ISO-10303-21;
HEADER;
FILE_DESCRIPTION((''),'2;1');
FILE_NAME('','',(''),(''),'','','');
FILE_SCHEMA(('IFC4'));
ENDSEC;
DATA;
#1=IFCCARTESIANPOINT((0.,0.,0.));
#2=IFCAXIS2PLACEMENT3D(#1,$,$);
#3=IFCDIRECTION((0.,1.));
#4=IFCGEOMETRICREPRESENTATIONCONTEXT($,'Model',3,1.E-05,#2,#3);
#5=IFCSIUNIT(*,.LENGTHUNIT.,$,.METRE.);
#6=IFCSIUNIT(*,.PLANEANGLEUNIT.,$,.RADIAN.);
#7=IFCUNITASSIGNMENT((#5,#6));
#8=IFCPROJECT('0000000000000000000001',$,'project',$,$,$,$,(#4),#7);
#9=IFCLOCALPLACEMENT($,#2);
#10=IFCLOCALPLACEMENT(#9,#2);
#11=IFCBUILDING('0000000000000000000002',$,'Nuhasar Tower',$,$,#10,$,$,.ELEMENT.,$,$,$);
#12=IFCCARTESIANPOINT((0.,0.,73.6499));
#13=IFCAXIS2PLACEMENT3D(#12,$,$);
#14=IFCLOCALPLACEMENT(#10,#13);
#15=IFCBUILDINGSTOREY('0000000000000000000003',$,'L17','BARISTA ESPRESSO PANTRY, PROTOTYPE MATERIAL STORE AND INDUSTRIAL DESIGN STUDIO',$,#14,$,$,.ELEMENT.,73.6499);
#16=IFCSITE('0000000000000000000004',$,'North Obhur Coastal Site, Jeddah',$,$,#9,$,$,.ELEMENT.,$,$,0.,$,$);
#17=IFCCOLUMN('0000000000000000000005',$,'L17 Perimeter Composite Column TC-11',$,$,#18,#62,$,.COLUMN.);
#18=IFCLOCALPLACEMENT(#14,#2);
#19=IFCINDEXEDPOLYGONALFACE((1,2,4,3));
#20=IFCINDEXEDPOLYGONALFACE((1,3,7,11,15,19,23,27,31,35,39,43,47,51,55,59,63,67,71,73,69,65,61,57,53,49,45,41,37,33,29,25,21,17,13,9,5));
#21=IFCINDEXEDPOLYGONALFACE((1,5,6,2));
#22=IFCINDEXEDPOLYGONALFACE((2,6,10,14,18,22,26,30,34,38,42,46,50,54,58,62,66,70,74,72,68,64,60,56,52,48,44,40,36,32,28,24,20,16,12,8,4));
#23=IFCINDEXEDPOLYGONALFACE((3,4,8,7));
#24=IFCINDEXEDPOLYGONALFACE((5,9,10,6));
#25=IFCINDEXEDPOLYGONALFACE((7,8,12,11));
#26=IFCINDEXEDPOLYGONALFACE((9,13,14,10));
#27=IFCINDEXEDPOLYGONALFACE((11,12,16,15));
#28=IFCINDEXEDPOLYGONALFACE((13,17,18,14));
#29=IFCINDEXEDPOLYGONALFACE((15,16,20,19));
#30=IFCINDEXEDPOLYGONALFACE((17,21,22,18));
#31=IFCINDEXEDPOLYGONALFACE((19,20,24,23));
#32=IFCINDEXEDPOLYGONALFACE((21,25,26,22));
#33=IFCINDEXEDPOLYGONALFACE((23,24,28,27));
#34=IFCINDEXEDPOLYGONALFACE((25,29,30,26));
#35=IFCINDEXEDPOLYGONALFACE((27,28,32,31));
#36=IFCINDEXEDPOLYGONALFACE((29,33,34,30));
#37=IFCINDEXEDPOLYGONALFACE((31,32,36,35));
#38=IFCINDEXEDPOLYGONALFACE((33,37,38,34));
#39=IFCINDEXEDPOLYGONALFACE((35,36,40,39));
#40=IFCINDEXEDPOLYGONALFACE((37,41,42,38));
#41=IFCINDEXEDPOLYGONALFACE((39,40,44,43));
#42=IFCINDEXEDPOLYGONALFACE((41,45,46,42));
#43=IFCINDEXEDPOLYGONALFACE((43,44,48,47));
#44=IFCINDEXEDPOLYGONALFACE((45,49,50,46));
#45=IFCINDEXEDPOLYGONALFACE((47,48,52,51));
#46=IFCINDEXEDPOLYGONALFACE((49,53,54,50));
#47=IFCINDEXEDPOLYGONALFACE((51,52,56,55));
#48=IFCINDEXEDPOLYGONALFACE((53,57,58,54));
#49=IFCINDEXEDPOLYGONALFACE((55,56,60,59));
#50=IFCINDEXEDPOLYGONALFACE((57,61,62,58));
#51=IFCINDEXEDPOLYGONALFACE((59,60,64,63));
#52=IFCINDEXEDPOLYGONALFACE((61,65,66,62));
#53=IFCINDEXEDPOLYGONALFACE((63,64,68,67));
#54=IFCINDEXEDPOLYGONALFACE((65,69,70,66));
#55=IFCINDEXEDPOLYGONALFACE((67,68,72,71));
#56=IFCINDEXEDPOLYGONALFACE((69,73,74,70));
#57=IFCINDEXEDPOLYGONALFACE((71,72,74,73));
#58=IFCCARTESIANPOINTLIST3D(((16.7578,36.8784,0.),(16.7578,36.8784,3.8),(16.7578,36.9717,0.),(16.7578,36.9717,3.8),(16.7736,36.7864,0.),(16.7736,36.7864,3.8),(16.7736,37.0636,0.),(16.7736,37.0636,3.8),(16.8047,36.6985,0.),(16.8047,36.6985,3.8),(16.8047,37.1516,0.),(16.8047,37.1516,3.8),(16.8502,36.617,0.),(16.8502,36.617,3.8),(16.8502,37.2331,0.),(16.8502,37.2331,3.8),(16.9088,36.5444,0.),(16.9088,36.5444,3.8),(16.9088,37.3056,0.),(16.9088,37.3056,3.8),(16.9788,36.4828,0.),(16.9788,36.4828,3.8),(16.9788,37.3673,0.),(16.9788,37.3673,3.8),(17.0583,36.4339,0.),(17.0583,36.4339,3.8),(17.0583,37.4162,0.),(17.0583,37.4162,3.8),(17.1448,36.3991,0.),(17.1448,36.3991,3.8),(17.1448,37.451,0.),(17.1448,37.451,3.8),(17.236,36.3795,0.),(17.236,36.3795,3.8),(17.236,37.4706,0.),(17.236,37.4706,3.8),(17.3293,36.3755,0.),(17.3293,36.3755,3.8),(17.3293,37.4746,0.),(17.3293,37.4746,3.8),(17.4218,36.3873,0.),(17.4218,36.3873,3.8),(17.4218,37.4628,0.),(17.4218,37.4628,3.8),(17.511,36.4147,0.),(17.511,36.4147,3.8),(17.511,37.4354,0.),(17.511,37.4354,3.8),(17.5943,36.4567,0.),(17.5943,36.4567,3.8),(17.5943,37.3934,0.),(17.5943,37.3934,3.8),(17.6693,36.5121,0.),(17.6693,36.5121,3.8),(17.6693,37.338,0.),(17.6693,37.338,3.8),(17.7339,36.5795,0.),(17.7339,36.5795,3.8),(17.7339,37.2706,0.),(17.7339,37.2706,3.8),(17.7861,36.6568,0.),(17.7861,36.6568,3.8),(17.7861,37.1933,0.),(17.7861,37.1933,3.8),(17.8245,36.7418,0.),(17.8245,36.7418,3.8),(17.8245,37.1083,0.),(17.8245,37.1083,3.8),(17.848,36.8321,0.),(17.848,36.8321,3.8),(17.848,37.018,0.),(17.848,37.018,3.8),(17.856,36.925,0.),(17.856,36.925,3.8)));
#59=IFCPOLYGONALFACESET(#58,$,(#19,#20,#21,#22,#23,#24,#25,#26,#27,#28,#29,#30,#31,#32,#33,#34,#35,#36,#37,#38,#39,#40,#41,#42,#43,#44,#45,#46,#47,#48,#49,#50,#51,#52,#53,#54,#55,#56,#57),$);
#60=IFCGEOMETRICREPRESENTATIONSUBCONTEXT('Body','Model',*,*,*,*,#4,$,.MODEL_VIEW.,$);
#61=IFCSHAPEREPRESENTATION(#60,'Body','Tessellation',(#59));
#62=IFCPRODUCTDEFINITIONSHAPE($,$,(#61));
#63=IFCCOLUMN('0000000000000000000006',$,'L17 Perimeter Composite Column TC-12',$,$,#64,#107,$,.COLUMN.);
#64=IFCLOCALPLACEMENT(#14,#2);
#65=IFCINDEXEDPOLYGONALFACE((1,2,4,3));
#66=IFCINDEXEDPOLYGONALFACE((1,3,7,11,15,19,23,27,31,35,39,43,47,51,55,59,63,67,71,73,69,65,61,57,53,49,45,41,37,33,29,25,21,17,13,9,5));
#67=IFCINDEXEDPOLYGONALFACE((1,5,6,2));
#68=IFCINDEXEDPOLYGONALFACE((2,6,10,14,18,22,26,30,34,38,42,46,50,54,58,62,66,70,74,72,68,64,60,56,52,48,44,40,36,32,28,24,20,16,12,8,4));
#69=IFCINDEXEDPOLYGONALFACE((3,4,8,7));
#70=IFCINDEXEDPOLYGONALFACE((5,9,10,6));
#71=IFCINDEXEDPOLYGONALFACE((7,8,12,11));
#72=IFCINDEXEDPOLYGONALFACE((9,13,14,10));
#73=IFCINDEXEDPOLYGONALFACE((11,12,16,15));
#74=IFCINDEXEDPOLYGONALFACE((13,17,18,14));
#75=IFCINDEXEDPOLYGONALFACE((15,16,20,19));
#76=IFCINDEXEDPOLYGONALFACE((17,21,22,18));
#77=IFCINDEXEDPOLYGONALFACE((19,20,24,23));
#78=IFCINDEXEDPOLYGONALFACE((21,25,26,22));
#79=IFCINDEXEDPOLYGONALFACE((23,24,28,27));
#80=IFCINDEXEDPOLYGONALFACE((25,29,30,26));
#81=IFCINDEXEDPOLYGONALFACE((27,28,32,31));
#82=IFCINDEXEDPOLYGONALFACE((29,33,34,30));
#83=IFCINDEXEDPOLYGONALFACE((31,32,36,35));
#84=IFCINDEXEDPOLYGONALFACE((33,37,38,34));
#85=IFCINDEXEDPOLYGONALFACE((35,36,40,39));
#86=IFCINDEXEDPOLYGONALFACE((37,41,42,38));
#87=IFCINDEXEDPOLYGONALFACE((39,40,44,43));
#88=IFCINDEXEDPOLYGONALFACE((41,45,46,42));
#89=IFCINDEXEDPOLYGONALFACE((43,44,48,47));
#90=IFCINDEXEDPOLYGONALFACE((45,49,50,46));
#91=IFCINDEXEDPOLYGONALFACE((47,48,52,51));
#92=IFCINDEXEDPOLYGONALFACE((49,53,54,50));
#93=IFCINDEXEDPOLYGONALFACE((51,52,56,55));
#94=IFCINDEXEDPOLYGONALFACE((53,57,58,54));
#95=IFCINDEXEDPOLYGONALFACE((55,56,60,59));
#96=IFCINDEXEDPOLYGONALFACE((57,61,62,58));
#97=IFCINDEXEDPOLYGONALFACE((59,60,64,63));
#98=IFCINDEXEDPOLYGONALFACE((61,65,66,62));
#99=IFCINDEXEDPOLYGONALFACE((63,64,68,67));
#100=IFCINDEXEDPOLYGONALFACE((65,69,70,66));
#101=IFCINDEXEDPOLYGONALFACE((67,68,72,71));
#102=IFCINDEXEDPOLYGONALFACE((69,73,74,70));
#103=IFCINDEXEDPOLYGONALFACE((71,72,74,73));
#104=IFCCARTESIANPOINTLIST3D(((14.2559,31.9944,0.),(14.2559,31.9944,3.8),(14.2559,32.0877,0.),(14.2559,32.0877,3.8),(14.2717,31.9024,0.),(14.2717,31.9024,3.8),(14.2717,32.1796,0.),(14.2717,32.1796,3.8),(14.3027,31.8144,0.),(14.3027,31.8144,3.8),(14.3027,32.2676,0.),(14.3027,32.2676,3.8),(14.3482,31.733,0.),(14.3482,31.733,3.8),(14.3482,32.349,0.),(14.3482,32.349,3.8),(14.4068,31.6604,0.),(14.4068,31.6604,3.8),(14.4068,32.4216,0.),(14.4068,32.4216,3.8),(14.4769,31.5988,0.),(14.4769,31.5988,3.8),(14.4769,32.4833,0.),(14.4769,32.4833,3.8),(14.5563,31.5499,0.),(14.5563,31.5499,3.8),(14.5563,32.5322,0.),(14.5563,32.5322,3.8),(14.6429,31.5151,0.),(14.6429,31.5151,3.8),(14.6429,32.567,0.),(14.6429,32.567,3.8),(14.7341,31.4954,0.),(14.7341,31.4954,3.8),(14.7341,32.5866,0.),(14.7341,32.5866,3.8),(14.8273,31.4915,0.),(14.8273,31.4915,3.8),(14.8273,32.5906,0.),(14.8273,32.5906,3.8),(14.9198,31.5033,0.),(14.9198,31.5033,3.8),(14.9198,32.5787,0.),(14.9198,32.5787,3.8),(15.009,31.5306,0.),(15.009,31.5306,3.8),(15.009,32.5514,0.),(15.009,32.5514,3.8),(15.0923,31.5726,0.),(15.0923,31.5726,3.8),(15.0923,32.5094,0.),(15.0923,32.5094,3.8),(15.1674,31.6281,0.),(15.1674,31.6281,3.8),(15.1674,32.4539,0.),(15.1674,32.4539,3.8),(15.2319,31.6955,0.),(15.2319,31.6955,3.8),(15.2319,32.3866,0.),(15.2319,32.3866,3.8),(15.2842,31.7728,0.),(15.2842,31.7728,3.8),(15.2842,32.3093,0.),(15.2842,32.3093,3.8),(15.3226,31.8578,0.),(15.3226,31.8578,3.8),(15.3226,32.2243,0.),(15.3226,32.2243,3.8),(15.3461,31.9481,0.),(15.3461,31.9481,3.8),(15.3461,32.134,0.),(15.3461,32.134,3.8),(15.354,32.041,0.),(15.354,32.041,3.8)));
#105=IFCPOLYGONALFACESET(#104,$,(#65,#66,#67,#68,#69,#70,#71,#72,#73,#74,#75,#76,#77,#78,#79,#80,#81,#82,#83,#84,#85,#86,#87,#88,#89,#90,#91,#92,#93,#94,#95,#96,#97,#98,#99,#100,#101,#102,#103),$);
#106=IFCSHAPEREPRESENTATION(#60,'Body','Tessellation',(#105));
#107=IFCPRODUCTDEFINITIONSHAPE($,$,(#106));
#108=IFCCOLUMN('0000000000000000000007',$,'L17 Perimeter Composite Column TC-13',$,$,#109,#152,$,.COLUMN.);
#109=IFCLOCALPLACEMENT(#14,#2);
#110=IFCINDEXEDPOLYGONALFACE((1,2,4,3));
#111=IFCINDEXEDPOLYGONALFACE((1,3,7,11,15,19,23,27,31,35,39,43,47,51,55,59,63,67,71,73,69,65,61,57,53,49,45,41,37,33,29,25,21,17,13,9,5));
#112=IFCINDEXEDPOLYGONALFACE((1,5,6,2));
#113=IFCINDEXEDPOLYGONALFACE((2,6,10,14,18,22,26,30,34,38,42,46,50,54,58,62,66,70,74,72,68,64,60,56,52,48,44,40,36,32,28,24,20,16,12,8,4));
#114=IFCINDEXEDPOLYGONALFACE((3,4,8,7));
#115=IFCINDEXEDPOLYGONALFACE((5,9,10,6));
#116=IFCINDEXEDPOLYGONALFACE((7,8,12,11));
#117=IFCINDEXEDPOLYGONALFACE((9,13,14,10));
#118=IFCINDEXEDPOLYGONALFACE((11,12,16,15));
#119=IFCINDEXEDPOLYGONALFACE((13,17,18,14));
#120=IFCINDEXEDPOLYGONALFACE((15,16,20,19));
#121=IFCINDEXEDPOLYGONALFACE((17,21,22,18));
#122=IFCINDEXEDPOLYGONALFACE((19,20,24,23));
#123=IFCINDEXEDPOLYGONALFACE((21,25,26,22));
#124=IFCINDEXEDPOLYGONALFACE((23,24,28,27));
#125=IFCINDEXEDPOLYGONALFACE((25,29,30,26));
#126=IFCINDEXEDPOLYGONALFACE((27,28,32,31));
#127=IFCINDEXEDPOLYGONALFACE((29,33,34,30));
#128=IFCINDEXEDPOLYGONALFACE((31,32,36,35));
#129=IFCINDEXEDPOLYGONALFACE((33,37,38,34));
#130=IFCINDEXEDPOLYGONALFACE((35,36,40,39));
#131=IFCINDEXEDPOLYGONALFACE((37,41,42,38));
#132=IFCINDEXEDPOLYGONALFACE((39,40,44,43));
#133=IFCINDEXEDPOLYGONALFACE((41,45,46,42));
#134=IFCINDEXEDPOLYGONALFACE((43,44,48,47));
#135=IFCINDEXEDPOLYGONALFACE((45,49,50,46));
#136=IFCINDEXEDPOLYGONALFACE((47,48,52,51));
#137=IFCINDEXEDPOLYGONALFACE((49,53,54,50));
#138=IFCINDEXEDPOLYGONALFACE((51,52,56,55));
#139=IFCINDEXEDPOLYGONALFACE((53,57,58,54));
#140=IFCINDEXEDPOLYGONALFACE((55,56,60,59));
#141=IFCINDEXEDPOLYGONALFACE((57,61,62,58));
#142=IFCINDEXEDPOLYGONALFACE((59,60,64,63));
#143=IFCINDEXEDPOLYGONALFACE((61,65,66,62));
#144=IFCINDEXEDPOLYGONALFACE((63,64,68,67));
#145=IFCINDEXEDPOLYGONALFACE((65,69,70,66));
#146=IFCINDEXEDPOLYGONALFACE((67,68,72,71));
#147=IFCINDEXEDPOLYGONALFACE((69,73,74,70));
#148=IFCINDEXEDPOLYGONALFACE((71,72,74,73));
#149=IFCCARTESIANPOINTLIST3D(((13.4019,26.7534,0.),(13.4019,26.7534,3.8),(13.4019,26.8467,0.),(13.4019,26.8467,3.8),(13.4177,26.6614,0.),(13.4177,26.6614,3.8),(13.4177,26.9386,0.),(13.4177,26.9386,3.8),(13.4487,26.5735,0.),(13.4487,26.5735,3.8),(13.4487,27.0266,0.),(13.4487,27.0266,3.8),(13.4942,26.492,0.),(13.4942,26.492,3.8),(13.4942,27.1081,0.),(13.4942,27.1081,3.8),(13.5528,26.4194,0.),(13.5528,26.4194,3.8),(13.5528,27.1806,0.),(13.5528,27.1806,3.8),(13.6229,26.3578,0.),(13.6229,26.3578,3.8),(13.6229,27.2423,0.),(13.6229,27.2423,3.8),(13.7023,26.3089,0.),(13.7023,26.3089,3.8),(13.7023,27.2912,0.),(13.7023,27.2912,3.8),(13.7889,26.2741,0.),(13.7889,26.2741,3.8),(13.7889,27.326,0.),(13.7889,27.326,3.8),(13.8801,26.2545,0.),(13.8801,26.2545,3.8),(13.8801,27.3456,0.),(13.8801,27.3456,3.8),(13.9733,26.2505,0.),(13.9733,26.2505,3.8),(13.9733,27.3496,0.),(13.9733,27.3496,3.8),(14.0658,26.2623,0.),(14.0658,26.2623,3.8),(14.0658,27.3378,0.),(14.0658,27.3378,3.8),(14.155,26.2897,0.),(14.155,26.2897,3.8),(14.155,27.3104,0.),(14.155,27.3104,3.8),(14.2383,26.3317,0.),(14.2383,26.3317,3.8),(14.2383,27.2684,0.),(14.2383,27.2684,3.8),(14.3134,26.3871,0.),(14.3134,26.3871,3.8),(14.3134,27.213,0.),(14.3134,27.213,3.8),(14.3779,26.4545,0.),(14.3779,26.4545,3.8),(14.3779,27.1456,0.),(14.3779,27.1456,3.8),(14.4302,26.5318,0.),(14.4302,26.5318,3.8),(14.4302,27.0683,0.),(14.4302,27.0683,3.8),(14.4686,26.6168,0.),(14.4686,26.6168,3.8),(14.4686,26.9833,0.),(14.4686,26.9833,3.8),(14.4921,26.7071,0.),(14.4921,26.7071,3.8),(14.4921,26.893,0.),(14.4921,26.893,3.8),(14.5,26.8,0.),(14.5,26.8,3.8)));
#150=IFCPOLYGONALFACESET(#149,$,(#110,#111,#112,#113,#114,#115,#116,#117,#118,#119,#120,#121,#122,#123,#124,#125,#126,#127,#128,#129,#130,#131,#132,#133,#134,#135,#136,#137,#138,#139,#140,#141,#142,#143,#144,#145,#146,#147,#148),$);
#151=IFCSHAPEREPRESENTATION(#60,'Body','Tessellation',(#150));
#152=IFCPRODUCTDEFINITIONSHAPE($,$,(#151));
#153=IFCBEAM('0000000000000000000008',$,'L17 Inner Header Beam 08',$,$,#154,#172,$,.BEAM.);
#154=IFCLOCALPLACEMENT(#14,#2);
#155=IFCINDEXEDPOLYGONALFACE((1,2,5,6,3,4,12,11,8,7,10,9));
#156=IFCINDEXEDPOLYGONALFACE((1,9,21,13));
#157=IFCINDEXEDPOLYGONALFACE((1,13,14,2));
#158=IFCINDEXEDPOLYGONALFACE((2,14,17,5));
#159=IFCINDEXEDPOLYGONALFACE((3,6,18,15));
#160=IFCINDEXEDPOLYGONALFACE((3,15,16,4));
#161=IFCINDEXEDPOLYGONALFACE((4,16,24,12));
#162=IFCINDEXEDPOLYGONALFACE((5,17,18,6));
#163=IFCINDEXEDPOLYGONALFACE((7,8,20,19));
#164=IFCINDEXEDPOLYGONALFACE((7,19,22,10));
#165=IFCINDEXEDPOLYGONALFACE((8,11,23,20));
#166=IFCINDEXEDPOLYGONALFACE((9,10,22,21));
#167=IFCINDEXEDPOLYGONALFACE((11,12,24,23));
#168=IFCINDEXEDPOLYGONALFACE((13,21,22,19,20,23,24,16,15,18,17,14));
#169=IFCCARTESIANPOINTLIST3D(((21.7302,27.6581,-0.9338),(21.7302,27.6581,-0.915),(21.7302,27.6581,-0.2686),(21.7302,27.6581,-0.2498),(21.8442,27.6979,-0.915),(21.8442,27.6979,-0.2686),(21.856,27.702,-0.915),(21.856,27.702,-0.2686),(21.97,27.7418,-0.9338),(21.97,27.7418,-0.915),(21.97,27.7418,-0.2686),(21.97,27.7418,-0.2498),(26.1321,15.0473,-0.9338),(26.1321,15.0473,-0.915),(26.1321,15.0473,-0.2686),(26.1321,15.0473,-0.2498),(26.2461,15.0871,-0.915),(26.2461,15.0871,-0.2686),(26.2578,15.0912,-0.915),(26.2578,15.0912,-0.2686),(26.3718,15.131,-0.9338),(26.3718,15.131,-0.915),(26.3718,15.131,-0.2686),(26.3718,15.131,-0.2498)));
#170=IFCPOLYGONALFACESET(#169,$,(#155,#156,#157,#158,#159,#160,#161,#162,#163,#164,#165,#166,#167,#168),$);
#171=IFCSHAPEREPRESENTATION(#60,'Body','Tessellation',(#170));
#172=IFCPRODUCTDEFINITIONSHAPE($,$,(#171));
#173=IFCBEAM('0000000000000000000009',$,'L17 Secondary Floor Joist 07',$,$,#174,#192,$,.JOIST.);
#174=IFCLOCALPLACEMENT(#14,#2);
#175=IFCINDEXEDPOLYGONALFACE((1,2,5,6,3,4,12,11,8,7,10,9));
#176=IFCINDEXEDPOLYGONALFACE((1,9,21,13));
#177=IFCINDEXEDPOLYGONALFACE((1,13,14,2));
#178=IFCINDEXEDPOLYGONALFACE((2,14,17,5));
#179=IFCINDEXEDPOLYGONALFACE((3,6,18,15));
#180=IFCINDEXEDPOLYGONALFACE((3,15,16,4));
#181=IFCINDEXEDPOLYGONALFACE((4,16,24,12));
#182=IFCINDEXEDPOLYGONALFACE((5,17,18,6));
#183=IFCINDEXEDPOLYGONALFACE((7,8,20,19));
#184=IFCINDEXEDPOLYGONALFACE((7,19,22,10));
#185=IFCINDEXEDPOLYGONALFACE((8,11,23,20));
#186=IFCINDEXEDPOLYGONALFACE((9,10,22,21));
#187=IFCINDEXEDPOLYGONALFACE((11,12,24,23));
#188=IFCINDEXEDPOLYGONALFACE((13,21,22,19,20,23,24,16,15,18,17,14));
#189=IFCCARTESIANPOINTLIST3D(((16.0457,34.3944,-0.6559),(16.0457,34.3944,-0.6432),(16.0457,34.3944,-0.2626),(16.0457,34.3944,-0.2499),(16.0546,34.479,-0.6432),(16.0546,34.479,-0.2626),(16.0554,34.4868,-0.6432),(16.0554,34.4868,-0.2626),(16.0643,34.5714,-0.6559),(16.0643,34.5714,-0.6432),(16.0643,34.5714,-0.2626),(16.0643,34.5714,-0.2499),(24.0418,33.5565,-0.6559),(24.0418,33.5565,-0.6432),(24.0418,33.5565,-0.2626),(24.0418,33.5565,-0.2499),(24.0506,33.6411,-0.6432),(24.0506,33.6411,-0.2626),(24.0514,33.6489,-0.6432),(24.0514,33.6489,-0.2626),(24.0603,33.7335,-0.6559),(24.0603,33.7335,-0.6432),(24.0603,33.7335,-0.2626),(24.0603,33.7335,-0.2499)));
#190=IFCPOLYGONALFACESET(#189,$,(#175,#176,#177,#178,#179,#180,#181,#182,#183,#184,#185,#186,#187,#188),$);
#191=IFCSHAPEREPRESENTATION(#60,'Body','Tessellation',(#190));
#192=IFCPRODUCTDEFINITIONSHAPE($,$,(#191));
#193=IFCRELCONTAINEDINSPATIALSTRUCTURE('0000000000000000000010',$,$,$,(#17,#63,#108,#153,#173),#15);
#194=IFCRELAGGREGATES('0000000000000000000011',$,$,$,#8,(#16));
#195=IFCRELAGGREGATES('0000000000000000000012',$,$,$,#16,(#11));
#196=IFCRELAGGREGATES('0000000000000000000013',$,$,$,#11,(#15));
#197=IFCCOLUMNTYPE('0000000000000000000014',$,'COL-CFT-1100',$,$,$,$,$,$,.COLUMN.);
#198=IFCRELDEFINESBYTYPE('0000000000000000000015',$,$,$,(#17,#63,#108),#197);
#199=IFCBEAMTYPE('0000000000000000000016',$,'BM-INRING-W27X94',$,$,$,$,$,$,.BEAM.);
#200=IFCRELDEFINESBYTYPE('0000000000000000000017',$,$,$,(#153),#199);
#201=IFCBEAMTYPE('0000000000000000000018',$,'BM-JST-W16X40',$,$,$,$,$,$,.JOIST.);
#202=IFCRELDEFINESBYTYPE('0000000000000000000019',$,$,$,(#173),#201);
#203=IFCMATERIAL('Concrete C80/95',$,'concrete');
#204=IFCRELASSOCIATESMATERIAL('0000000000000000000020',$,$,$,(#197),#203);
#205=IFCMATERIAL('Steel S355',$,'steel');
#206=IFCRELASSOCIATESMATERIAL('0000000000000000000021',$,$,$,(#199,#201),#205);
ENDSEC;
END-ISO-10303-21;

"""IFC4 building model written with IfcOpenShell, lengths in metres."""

from ifc_helpers import new_model, si_unit, direction, frame, origin, origin_2d, place, context, subcontext, project, spatial, circle, i_section, extrude, material, material_profile, profile_set, type_object, element, save


model = new_model("IFC4")

# Units and contexts
model_context = context("Model", 3, precision=1e-05, world=origin(), true_north=direction((0.0, 1.0)))
body_context = subcontext(model_context, "Body", "Model", "MODEL_VIEW")
ifc_project = project(units=[si_unit("LENGTHUNIT", "METRE"), si_unit("PLANEANGLEUNIT", "RADIAN")], contexts=[model_context])

# Site, building, storey
site_placement = place(None, origin())
site = spatial("IfcSite", under=ifc_project, at=site_placement, Name="North Obhur Coastal Site, Jeddah", CompositionType="ELEMENT", RefElevation=0.0)
building_placement = place(site_placement, origin())
building = spatial("IfcBuilding", under=site, at=building_placement, Name="Nuhasar Tower", CompositionType="ELEMENT")
storey_placement = place(building_placement, frame((0.0, 0.0, 73.6499)))
storey = spatial("IfcBuildingStorey", under=building, at=storey_placement, Name="L17", Description="BARISTA ESPRESSO PANTRY, PROTOTYPE MATERIAL STORE AND INDUSTRIAL DESIGN STUDIO", CompositionType="ELEMENT", Elevation=73.6499)

# Columns
ifc_material_1 = material(Name="Concrete C80/95", Category="concrete")
ifc_material_profile_1 = material_profile(ifc_material_1, circle(Radius=0.55, at=origin_2d()), Name="CFT1100")
ifc_profile_set_1 = profile_set([ifc_material_profile_1], Name="Concrete C80/95")
column_type = type_object("IfcColumnType", Name="COL-CFT-1100", PredefinedType="COLUMN", material=ifc_profile_set_1)
for number, where, z_axis, x_axis, name in (
    (1, (17.3059, 36.925, 0.0), (0.0, 0.0, 1.0), (1.0, 0.0, 0.0), "L17 Perimeter Composite Column TC-11"),
    (2, (14.804, 32.041, 0.0), (0.0, 0.0, 1.0), (1.0, 0.0, 0.0), "L17 Perimeter Composite Column TC-12"),
    (3, (13.95, 26.8, 0.0), (0.0, 0.0, 1.0), (1.0, 0.0, 0.0), "L17 Perimeter Composite Column TC-13"),
):
    element("IfcColumn", number, at=place(storey_placement, frame(where, z_axis=z_axis, x_axis=x_axis)), inside=storey, type_object=column_type, Name=name, PredefinedType="COLUMN", context=body_context, shape_type="SweptSolid", body=[
        extrude(circle(Radius=0.55, at=origin_2d()), origin(), (0.0, 0.0, 1.0), 3.8),
    ])

# Beams
ifc_material_2 = material(Name="Steel S355", Category="steel")
ifc_material_profile_2 = material_profile(ifc_material_2, i_section(OverallWidth=0.2539, OverallDepth=0.6841, WebThickness=0.0125, FlangeThickness=0.0188, at=origin_2d()), Name="W27X94")
ifc_profile_set_2 = profile_set([ifc_material_profile_2], Name="Steel S355")
beam_type_1 = type_object("IfcBeamType", Name="BM-INRING-W27X94", PredefinedType="BEAM", material=ifc_profile_set_2)
beam_1_placement = place(storey_placement, frame((21.8501, 27.7, -0.5918), z_axis=(0.329554, -0.944137, 0.0), x_axis=(0.944137, 0.329554, 0.0)))
element("IfcBeam", 4, at=beam_1_placement, inside=storey, type_object=beam_type_1, Name="L17 Inner Header Beam 08", PredefinedType="BEAM", context=body_context, shape_type="SweptSolid", body=[
    extrude(i_section(OverallWidth=0.2539, OverallDepth=0.6841, WebThickness=0.0125, FlangeThickness=0.0188, at=origin_2d()), origin(), (0.0, 0.0, 1.0), 13.3569),
])
ifc_material_profile_3 = material_profile(ifc_material_2, i_section(OverallWidth=0.178, OverallDepth=0.406, WebThickness=0.0078, FlangeThickness=0.0127, at=origin_2d()), Name="W16X40")
ifc_profile_set_3 = profile_set([ifc_material_profile_3], Name="Steel S355")
beam_type_2 = type_object("IfcBeamType", Name="BM-JST-W16X40", PredefinedType="JOIST", material=ifc_profile_set_3)
beam_2_placement = place(storey_placement, frame((24.051, 33.645, -0.4529), z_axis=(-0.994555, 0.104217, 0.0), x_axis=(-0.104217, -0.994555, 0.0)))
element("IfcBeam", 5, at=beam_2_placement, inside=storey, type_object=beam_type_2, Name="L17 Secondary Floor Joist 07", PredefinedType="JOIST", context=body_context, shape_type="SweptSolid", body=[
    extrude(i_section(OverallWidth=0.178, OverallDepth=0.406, WebThickness=0.0078, FlangeThickness=0.0127, at=origin_2d()), origin(), (0.0, 0.0, 1.0), 8.0398),
])

save(model, "model.ifc")
